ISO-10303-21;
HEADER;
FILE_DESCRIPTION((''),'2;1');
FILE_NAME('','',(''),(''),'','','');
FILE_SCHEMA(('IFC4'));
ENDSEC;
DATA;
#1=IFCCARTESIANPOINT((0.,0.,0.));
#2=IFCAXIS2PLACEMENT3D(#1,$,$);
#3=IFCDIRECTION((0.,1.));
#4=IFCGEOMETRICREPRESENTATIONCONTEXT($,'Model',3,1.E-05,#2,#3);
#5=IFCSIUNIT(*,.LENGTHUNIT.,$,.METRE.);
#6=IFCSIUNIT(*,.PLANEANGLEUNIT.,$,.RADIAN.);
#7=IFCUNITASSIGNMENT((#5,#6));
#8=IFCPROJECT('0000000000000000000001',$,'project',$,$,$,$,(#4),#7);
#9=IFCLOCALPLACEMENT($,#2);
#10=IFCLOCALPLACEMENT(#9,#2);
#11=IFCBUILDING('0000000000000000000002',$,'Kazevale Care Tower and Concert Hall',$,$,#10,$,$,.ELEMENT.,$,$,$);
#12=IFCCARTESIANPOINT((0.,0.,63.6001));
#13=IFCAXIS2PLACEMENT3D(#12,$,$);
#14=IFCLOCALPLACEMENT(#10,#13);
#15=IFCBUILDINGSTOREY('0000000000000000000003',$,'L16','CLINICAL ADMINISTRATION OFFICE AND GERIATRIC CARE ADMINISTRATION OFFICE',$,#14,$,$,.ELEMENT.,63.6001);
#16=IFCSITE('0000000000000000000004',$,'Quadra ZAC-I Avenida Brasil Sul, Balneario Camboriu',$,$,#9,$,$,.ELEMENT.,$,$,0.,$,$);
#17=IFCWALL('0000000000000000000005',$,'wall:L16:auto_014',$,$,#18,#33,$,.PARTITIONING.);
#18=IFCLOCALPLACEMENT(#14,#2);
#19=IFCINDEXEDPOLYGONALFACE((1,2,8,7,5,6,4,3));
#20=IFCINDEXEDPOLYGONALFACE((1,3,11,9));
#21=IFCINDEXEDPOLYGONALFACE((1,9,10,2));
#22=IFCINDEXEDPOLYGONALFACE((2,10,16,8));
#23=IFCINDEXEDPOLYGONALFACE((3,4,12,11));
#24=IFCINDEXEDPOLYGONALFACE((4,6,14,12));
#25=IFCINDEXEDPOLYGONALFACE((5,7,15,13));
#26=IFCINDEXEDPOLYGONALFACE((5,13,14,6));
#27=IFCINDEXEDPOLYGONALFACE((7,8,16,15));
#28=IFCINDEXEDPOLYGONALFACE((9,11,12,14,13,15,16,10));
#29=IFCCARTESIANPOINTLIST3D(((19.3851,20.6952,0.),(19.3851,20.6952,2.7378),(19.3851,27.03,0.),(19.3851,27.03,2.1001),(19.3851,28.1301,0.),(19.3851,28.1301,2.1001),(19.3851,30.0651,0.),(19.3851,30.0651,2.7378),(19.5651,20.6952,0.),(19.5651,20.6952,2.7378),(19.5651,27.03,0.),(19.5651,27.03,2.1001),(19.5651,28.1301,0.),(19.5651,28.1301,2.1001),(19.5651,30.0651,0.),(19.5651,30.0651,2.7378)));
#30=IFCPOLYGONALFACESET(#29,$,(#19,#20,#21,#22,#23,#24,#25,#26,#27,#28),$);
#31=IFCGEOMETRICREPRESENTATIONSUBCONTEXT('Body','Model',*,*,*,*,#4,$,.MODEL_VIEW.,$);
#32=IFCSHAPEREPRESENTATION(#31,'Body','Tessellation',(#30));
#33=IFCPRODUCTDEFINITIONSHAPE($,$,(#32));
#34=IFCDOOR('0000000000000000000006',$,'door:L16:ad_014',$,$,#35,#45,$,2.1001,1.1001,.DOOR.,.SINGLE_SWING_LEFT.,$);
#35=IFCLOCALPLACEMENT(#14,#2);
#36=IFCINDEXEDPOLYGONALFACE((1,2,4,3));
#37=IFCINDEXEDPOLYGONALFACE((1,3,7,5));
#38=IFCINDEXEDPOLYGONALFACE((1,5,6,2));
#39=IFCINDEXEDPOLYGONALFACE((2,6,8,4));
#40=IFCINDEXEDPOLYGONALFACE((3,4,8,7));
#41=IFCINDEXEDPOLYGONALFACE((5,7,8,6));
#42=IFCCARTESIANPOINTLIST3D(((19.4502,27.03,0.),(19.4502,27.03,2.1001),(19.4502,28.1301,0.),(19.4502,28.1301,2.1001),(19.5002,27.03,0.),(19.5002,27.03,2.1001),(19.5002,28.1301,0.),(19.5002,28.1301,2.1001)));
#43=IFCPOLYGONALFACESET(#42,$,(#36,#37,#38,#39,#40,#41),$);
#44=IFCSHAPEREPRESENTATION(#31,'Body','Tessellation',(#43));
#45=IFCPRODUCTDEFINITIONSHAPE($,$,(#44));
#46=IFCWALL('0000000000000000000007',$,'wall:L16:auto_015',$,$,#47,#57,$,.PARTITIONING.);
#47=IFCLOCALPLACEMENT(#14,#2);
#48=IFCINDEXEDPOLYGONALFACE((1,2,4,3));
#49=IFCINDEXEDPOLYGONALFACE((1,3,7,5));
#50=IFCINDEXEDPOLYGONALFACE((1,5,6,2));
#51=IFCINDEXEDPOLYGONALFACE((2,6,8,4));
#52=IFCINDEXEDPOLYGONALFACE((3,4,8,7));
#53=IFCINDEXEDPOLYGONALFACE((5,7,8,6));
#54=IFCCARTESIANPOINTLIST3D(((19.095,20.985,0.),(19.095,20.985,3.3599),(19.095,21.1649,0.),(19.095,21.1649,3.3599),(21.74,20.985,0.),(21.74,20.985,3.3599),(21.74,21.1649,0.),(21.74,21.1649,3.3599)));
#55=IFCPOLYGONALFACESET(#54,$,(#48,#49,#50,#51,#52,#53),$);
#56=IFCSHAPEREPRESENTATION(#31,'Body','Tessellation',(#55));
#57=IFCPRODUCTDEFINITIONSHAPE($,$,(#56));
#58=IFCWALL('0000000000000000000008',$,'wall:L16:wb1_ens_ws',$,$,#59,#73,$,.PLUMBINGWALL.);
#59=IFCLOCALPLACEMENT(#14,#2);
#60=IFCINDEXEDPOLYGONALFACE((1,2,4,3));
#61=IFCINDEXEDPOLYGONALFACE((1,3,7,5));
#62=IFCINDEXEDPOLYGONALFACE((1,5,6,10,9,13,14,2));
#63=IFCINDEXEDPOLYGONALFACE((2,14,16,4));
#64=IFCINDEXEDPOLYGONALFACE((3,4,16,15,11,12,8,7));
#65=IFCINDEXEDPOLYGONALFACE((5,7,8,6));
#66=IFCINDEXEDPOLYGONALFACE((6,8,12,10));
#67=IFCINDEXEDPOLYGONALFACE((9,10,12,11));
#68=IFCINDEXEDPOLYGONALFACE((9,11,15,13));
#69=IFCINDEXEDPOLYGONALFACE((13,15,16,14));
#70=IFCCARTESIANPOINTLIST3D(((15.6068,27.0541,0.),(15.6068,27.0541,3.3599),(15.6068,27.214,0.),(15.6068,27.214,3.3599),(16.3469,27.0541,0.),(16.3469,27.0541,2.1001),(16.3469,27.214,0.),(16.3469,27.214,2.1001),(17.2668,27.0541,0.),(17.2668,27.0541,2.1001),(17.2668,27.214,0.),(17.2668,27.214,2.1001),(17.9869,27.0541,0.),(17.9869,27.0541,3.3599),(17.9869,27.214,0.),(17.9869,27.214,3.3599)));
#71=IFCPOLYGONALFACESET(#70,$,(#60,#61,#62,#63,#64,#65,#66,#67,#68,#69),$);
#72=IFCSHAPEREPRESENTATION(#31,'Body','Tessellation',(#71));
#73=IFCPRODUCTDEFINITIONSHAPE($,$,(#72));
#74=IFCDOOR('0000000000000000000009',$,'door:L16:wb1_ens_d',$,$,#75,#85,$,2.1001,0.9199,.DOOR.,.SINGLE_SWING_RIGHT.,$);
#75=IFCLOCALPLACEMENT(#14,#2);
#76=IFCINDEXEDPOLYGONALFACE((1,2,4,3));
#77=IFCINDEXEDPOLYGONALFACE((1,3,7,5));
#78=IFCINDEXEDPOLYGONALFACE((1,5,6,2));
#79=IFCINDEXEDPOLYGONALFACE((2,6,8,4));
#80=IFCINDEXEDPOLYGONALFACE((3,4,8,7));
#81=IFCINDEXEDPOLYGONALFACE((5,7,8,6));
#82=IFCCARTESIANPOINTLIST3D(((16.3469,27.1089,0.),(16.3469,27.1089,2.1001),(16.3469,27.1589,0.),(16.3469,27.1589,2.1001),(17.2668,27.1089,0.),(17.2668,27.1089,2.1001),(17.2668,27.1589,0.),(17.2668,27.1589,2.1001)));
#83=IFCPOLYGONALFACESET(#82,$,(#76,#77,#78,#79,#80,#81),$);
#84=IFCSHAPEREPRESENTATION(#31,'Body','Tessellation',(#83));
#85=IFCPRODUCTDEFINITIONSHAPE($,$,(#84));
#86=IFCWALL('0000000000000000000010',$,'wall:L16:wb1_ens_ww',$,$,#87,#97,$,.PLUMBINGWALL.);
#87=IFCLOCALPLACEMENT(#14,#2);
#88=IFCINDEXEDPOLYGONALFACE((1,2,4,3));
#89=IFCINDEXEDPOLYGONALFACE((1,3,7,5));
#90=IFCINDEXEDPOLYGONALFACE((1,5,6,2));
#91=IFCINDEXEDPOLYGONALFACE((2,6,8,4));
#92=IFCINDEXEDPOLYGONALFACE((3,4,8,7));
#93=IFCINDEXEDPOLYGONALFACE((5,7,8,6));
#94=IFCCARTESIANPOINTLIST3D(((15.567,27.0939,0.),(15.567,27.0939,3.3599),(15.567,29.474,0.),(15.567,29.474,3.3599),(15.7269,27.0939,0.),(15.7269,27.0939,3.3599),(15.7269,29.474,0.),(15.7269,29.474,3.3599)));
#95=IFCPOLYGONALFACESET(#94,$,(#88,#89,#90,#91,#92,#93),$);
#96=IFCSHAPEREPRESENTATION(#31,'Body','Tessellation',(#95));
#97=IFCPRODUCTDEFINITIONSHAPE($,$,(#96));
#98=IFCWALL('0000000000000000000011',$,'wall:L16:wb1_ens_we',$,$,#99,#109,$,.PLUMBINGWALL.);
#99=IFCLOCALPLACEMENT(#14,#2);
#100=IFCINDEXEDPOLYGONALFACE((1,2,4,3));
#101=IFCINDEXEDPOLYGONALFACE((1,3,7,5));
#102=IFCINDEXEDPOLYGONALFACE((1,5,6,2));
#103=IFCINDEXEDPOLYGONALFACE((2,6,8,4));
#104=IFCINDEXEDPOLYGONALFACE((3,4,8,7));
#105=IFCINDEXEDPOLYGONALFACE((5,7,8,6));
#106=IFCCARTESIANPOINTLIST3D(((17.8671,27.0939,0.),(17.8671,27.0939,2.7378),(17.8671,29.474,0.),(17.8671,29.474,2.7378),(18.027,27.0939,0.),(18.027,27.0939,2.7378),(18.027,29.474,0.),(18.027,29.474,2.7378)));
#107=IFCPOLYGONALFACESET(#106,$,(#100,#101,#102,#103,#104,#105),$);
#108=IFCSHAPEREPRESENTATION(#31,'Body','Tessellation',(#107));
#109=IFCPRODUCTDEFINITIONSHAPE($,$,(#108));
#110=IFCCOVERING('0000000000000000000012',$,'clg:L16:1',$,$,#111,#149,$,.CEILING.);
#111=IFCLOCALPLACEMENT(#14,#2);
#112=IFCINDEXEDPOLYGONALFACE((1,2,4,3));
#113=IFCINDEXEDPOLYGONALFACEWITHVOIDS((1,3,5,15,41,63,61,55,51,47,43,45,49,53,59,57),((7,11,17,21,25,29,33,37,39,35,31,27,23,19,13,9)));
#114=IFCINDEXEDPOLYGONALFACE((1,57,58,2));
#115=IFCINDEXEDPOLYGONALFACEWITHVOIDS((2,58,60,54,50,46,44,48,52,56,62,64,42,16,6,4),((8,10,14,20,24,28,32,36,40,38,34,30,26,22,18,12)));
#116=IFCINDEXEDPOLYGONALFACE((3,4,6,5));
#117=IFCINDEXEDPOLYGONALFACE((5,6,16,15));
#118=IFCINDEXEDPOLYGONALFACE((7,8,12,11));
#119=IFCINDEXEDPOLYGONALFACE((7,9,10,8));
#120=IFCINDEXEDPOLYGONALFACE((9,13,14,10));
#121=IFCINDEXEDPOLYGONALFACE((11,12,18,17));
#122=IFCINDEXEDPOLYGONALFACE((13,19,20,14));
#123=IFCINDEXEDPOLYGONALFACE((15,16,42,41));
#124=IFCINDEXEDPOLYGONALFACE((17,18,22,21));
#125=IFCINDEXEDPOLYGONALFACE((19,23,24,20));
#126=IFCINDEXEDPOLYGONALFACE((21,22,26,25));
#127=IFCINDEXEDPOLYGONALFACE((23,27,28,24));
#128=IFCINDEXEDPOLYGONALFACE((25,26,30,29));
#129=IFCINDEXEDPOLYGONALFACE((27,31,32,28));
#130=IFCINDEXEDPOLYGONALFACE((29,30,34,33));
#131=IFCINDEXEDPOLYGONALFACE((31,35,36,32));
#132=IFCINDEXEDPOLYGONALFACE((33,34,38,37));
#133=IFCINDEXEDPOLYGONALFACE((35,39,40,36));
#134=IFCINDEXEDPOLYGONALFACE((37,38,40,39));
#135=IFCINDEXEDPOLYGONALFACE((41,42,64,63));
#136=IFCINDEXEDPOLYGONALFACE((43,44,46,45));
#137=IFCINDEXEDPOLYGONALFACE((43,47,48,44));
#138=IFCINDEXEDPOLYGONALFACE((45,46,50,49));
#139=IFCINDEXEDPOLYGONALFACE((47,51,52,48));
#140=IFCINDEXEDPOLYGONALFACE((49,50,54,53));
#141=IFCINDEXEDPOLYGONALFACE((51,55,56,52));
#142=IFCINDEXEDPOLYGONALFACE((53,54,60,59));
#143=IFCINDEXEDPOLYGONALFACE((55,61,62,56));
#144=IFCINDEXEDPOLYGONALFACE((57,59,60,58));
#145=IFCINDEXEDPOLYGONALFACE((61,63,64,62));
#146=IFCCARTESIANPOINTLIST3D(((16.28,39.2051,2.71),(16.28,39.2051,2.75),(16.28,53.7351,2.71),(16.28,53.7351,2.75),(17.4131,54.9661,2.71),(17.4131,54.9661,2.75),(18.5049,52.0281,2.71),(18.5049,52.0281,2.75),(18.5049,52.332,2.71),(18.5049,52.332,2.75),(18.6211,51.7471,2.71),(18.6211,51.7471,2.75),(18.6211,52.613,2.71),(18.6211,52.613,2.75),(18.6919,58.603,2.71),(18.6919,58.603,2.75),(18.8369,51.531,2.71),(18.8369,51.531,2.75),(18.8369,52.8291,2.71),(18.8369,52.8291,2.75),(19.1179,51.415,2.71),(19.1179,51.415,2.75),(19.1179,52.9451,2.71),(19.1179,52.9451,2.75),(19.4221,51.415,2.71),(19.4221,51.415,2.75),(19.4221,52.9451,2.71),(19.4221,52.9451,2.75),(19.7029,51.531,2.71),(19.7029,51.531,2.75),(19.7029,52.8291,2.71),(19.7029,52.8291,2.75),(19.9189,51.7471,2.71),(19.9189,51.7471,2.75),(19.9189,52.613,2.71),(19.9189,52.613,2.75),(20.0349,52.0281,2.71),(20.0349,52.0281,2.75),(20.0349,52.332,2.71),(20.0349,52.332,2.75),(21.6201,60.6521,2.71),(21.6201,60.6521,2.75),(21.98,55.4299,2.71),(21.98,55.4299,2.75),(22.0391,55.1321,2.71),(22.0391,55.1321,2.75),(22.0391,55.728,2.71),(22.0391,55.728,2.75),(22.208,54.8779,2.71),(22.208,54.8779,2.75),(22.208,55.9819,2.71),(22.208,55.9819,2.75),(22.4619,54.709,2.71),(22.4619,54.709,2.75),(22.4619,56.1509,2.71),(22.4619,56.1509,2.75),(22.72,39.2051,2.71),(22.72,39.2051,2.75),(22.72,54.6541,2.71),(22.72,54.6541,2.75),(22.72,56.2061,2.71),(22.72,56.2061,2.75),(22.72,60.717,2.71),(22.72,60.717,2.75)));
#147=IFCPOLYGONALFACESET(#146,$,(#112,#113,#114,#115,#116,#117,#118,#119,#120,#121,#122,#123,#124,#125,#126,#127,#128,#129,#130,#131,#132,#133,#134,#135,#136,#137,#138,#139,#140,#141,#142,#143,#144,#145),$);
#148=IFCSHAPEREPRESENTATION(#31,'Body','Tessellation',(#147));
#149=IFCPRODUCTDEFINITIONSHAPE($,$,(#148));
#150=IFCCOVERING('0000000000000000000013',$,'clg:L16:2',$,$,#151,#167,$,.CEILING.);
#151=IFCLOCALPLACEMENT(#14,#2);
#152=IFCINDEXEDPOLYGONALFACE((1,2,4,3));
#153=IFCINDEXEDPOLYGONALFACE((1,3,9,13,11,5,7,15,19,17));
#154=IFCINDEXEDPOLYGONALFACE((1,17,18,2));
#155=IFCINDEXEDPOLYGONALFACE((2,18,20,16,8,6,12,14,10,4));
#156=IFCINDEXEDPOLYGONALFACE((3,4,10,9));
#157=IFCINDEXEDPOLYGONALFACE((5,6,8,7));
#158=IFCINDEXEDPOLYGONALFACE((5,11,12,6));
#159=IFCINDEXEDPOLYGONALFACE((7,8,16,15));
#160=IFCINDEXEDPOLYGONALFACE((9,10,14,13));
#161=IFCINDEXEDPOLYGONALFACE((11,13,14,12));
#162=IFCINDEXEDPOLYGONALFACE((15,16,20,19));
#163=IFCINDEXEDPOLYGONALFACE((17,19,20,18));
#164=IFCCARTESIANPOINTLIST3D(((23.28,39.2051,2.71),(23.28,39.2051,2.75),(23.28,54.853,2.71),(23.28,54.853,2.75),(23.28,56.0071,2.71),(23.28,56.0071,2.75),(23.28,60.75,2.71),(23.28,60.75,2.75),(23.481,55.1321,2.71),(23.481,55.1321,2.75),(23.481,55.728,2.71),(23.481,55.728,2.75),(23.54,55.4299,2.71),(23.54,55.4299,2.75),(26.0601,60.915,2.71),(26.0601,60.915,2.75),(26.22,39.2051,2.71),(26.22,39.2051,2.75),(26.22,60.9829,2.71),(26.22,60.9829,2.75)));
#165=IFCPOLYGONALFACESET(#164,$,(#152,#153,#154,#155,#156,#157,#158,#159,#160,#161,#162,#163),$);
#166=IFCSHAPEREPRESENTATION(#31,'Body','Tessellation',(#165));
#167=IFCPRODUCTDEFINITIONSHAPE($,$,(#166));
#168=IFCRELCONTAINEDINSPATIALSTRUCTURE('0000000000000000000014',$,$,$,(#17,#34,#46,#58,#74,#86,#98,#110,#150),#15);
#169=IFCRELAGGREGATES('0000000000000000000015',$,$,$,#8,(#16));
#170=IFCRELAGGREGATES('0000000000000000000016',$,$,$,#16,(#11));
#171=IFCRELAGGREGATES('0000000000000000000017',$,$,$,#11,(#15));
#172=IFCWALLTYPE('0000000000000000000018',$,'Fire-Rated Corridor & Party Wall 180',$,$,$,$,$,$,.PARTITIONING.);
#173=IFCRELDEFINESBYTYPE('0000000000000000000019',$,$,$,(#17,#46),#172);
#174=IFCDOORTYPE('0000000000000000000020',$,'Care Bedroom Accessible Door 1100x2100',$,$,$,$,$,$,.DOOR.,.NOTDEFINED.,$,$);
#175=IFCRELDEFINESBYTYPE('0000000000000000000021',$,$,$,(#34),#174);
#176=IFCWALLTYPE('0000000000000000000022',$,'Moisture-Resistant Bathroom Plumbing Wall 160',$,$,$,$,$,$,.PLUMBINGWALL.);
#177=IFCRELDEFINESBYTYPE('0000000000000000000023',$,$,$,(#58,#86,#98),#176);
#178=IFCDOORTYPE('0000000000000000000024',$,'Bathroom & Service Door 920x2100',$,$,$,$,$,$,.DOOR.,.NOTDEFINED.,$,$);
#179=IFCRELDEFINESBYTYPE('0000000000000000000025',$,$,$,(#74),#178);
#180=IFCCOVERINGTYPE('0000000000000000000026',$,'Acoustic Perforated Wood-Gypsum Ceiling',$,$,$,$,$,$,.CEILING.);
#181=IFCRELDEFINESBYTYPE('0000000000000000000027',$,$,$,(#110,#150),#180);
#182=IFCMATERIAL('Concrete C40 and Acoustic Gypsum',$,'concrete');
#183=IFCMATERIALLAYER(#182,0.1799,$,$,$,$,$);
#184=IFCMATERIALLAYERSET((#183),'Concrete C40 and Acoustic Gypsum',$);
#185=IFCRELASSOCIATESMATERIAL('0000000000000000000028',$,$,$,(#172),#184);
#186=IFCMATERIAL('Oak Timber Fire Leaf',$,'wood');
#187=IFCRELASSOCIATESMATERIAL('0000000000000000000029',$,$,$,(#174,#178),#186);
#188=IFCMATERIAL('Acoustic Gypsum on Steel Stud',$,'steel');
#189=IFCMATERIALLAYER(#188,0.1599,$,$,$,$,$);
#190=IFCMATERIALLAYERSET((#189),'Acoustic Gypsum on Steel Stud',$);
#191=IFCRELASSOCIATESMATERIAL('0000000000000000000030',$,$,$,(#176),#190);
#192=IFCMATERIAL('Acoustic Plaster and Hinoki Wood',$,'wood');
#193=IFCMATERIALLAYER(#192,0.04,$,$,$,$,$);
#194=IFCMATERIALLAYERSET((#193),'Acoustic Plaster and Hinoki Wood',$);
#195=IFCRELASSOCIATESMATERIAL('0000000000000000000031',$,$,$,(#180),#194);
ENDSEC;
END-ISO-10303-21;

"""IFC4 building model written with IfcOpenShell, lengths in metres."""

from ifc_helpers import new_model, si_unit, direction, frame, frame_2d, origin, place, context, subcontext, project, spatial, polyline, rectangle, outline, extrude, material, layer, layer_set, type_object, element, fill, save


model = new_model("IFC4")

# Units and contexts
model_context = context("Model", 3, precision=1e-05, world=origin(), true_north=direction((0.0, 1.0)))
body_context = subcontext(model_context, "Body", "Model", "MODEL_VIEW")
ifc_project = project(units=[si_unit("LENGTHUNIT", "METRE"), si_unit("PLANEANGLEUNIT", "RADIAN")], contexts=[model_context])

# Site, building, storey
site_placement = place(None, origin())
site = spatial("IfcSite", under=ifc_project, at=site_placement, Name="Quadra ZAC-I Avenida Brasil Sul, Balneario Camboriu", CompositionType="ELEMENT", RefElevation=0.0)
building_placement = place(site_placement, origin())
building = spatial("IfcBuilding", under=site, at=building_placement, Name="Kazevale Care Tower and Concert Hall", CompositionType="ELEMENT")
storey_placement = place(building_placement, frame((0.0, 0.0, 63.6001)))
storey = spatial("IfcBuildingStorey", under=building, at=storey_placement, Name="L16", Description="CLINICAL ADMINISTRATION OFFICE AND GERIATRIC CARE ADMINISTRATION OFFICE", CompositionType="ELEMENT", Elevation=63.6001)

# Wall, opening, door
ifc_material_1 = material(Name="Concrete C40 and Acoustic Gypsum", Category="concrete")
ifc_layer_1 = layer(ifc_material_1, 0.1799)
ifc_layer_set_1 = layer_set([ifc_layer_1], Name="Concrete C40 and Acoustic Gypsum")
wall_type_1 = type_object("IfcWallType", Name="Fire-Rated Corridor & Party Wall 180", PredefinedType="PARTITIONING", material=ifc_layer_set_1)
wall_1_placement = place(storey_placement, frame((19.4751, 20.6951, 0.0), z_axis=(0.0, 0.0, 1.0), x_axis=(0.0, 1.0, 0.0)))
wall_1 = element("IfcWall", 1, at=wall_1_placement, inside=storey, type_object=wall_type_1, Name="wall:L16:auto_014", PredefinedType="PARTITIONING", context=body_context, shape_type="SweptSolid", body=[
    extrude(rectangle(XDim=9.3699, YDim=0.1799, at=frame_2d((4.6851, 0.0))), origin(), (0.0, 0.0, 1.0), 2.7378),
])
opening_1_placement = place(wall_1_placement, frame((6.335, 0.0, 0.0)))
opening_1 = element("IfcOpeningElement", 2, at=opening_1_placement, cuts=wall_1, PredefinedType="OPENING", context=body_context, shape_type="SweptSolid", body=[
    extrude(rectangle(XDim=1.1001, YDim=2.1001, at=frame_2d((0.55, 1.05))), frame((0.0, 0.0999, 0.0), z_axis=(0.0, -1.0, 0.0), x_axis=(1.0, 0.0, 0.0)), (0.0, 0.0, 1.0), 0.2),
])
ifc_material_2 = material(Name="Oak Timber Fire Leaf", Category="wood")
door_type_1 = type_object("IfcDoorType", Name="Care Bedroom Accessible Door 1100x2100", OperationType="NOTDEFINED", PredefinedType="DOOR", material=ifc_material_2)
door_1_placement = place(opening_1_placement, origin())
door_1 = element("IfcDoor", 3, at=door_1_placement, inside=storey, type_object=door_type_1, Name="door:L16:ad_014", OperationType="SINGLE_SWING_LEFT", OverallHeight=2.1001, OverallWidth=1.1001, PredefinedType="DOOR", context=body_context, shape_type="SweptSolid", body=[
    extrude(rectangle(XDim=1.1001, YDim=2.1001, at=frame_2d((0.55, 1.05))), frame((0.0, 0.0249, 0.0), z_axis=(0.0, -1.0, 0.0), x_axis=(1.0, 0.0, 0.0)), (0.0, 0.0, 1.0), 0.05),
])
fill(opening_1, door_1)

# Wall
wall_2_placement = place(storey_placement, frame((21.74, 21.075, 0.0), z_axis=(0.0, 0.0, 1.0), x_axis=(-1.0, 0.0, 0.0)))
element("IfcWall", 4, at=wall_2_placement, inside=storey, type_object=wall_type_1, Name="wall:L16:auto_015", PredefinedType="PARTITIONING", context=body_context, shape_type="SweptSolid", body=[
    extrude(rectangle(XDim=2.645, YDim=0.1799, at=frame_2d((1.3225, 0.0))), origin(), (0.0, 0.0, 1.0), 3.3599),
])

# Wall, opening, door
ifc_material_3 = material(Name="Acoustic Gypsum on Steel Stud", Category="steel")
ifc_layer_2 = layer(ifc_material_3, 0.1599)
ifc_layer_set_2 = layer_set([ifc_layer_2], Name="Acoustic Gypsum on Steel Stud")
wall_type_2 = type_object("IfcWallType", Name="Moisture-Resistant Bathroom Plumbing Wall 160", PredefinedType="PLUMBINGWALL", material=ifc_layer_set_2)
wall_3_placement = place(storey_placement, frame((15.6069, 27.134, 0.0), z_axis=(0.0, 0.0, 1.0), x_axis=(1.0, 0.0, 0.0)))
wall_3 = element("IfcWall", 5, at=wall_3_placement, inside=storey, type_object=wall_type_2, Name="wall:L16:wb1_ens_ws", PredefinedType="PLUMBINGWALL", context=body_context, shape_type="SweptSolid", body=[
    extrude(rectangle(XDim=2.3801, YDim=0.1599, at=frame_2d((1.1899, 0.0))), origin(), (0.0, 0.0, 1.0), 3.3599),
])
opening_2_placement = place(wall_3_placement, frame((0.74, 0.0, 0.0)))
opening_2 = element("IfcOpeningElement", 6, at=opening_2_placement, cuts=wall_3, PredefinedType="OPENING", context=body_context, shape_type="SweptSolid", body=[
    extrude(rectangle(XDim=0.9199, YDim=2.1001, at=frame_2d((0.46, 1.05))), frame((0.0, 0.0898, 0.0), z_axis=(0.0, -1.0, 0.0), x_axis=(1.0, 0.0, 0.0)), (0.0, 0.0, 1.0), 0.1799),
])
door_type_2 = type_object("IfcDoorType", Name="Bathroom & Service Door 920x2100", OperationType="NOTDEFINED", PredefinedType="DOOR", material=ifc_material_2)
door_2_placement = place(opening_2_placement, origin())
door_2 = element("IfcDoor", 7, at=door_2_placement, inside=storey, type_object=door_type_2, Name="door:L16:wb1_ens_d", OperationType="SINGLE_SWING_RIGHT", OverallHeight=2.1001, OverallWidth=0.9199, PredefinedType="DOOR", context=body_context, shape_type="SweptSolid", body=[
    extrude(rectangle(XDim=0.9199, YDim=2.1001, at=frame_2d((0.46, 1.05))), frame((0.0, 0.0249, 0.0), z_axis=(0.0, -1.0, 0.0), x_axis=(1.0, 0.0, 0.0)), (0.0, 0.0, 1.0), 0.05),
])
fill(opening_2, door_2)

# Walls
wall_4_placement = place(storey_placement, frame((15.647, 27.094, 0.0), z_axis=(0.0, 0.0, 1.0), x_axis=(0.0, 1.0, 0.0)))
element("IfcWall", 8, at=wall_4_placement, inside=storey, type_object=wall_type_2, Name="wall:L16:wb1_ens_ww", PredefinedType="PLUMBINGWALL", context=body_context, shape_type="SweptSolid", body=[
    extrude(rectangle(XDim=2.3801, YDim=0.1599, at=frame_2d((1.1899, 0.0))), origin(), (0.0, 0.0, 1.0), 3.3599),
])
wall_5_placement = place(storey_placement, frame((17.947, 27.094, 0.0), z_axis=(0.0, 0.0, 1.0), x_axis=(0.0, 1.0, 0.0)))
element("IfcWall", 9, at=wall_5_placement, inside=storey, type_object=wall_type_2, Name="wall:L16:wb1_ens_we", PredefinedType="PLUMBINGWALL", context=body_context, shape_type="SweptSolid", body=[
    extrude(rectangle(XDim=2.3801, YDim=0.1599, at=frame_2d((1.1899, 0.0))), origin(), (0.0, 0.0, 1.0), 2.7378),
])

# Coverings
ifc_material_4 = material(Name="Acoustic Plaster and Hinoki Wood", Category="wood")
ifc_layer_3 = layer(ifc_material_4, 0.04)
ifc_layer_set_3 = layer_set([ifc_layer_3], Name="Acoustic Plaster and Hinoki Wood")
covering_type = type_object("IfcCoveringType", Name="Acoustic Perforated Wood-Gypsum Ceiling", PredefinedType="CEILING", material=ifc_layer_set_3)
covering_1_placement = place(storey_placement, frame((0.0, 0.0, 2.71)))
element("IfcCovering", 10, at=covering_1_placement, inside=storey, type_object=covering_type, Name="clg:L16:1", PredefinedType="CEILING", context=body_context, shape_type="SweptSolid", body=[
    extrude(outline(polyline([(22.72, 60.717), (22.72, 56.2061), (22.4619, 56.1509), (22.208, 55.9819), (22.0391, 55.728), (21.98, 55.4299), (22.0391, 55.1321), (22.208, 54.8779), (22.4619, 54.709), (22.72, 54.6541), (22.72, 39.2051), (16.28, 39.2051), (16.28, 53.7351), (17.4131, 54.9661), (18.6919, 58.603), (21.6201, 60.6521), (22.72, 60.717)]), holes=[polyline([(20.0349, 52.332), (19.9189, 52.613), (19.7029, 52.8291), (19.4221, 52.9451), (19.1179, 52.9451), (18.8369, 52.8291), (18.6211, 52.613), (18.5049, 52.332), (18.5049, 52.0281), (18.6211, 51.7471), (18.8369, 51.531), (19.1179, 51.415), (19.4221, 51.415), (19.7029, 51.531), (19.9189, 51.7471), (20.0349, 52.0281), (20.0349, 52.332)])]), origin(), (0.0, 0.0, 1.0), 0.04),
])
covering_2_placement = place(storey_placement, frame((0.0, 0.0, 2.71)))
element("IfcCovering", 11, at=covering_2_placement, inside=storey, type_object=covering_type, Name="clg:L16:2", PredefinedType="CEILING", context=body_context, shape_type="SweptSolid", body=[
    extrude(outline(polyline([(23.28, 54.853), (23.481, 55.1321), (23.54, 55.4299), (23.481, 55.728), (23.28, 56.0071), (23.28, 60.75), (26.0601, 60.915), (26.22, 60.9829), (26.22, 39.2051), (23.28, 39.2051), (23.28, 54.853)])), origin(), (0.0, 0.0, 1.0), 0.04),
])

save(model, "model.ifc")
